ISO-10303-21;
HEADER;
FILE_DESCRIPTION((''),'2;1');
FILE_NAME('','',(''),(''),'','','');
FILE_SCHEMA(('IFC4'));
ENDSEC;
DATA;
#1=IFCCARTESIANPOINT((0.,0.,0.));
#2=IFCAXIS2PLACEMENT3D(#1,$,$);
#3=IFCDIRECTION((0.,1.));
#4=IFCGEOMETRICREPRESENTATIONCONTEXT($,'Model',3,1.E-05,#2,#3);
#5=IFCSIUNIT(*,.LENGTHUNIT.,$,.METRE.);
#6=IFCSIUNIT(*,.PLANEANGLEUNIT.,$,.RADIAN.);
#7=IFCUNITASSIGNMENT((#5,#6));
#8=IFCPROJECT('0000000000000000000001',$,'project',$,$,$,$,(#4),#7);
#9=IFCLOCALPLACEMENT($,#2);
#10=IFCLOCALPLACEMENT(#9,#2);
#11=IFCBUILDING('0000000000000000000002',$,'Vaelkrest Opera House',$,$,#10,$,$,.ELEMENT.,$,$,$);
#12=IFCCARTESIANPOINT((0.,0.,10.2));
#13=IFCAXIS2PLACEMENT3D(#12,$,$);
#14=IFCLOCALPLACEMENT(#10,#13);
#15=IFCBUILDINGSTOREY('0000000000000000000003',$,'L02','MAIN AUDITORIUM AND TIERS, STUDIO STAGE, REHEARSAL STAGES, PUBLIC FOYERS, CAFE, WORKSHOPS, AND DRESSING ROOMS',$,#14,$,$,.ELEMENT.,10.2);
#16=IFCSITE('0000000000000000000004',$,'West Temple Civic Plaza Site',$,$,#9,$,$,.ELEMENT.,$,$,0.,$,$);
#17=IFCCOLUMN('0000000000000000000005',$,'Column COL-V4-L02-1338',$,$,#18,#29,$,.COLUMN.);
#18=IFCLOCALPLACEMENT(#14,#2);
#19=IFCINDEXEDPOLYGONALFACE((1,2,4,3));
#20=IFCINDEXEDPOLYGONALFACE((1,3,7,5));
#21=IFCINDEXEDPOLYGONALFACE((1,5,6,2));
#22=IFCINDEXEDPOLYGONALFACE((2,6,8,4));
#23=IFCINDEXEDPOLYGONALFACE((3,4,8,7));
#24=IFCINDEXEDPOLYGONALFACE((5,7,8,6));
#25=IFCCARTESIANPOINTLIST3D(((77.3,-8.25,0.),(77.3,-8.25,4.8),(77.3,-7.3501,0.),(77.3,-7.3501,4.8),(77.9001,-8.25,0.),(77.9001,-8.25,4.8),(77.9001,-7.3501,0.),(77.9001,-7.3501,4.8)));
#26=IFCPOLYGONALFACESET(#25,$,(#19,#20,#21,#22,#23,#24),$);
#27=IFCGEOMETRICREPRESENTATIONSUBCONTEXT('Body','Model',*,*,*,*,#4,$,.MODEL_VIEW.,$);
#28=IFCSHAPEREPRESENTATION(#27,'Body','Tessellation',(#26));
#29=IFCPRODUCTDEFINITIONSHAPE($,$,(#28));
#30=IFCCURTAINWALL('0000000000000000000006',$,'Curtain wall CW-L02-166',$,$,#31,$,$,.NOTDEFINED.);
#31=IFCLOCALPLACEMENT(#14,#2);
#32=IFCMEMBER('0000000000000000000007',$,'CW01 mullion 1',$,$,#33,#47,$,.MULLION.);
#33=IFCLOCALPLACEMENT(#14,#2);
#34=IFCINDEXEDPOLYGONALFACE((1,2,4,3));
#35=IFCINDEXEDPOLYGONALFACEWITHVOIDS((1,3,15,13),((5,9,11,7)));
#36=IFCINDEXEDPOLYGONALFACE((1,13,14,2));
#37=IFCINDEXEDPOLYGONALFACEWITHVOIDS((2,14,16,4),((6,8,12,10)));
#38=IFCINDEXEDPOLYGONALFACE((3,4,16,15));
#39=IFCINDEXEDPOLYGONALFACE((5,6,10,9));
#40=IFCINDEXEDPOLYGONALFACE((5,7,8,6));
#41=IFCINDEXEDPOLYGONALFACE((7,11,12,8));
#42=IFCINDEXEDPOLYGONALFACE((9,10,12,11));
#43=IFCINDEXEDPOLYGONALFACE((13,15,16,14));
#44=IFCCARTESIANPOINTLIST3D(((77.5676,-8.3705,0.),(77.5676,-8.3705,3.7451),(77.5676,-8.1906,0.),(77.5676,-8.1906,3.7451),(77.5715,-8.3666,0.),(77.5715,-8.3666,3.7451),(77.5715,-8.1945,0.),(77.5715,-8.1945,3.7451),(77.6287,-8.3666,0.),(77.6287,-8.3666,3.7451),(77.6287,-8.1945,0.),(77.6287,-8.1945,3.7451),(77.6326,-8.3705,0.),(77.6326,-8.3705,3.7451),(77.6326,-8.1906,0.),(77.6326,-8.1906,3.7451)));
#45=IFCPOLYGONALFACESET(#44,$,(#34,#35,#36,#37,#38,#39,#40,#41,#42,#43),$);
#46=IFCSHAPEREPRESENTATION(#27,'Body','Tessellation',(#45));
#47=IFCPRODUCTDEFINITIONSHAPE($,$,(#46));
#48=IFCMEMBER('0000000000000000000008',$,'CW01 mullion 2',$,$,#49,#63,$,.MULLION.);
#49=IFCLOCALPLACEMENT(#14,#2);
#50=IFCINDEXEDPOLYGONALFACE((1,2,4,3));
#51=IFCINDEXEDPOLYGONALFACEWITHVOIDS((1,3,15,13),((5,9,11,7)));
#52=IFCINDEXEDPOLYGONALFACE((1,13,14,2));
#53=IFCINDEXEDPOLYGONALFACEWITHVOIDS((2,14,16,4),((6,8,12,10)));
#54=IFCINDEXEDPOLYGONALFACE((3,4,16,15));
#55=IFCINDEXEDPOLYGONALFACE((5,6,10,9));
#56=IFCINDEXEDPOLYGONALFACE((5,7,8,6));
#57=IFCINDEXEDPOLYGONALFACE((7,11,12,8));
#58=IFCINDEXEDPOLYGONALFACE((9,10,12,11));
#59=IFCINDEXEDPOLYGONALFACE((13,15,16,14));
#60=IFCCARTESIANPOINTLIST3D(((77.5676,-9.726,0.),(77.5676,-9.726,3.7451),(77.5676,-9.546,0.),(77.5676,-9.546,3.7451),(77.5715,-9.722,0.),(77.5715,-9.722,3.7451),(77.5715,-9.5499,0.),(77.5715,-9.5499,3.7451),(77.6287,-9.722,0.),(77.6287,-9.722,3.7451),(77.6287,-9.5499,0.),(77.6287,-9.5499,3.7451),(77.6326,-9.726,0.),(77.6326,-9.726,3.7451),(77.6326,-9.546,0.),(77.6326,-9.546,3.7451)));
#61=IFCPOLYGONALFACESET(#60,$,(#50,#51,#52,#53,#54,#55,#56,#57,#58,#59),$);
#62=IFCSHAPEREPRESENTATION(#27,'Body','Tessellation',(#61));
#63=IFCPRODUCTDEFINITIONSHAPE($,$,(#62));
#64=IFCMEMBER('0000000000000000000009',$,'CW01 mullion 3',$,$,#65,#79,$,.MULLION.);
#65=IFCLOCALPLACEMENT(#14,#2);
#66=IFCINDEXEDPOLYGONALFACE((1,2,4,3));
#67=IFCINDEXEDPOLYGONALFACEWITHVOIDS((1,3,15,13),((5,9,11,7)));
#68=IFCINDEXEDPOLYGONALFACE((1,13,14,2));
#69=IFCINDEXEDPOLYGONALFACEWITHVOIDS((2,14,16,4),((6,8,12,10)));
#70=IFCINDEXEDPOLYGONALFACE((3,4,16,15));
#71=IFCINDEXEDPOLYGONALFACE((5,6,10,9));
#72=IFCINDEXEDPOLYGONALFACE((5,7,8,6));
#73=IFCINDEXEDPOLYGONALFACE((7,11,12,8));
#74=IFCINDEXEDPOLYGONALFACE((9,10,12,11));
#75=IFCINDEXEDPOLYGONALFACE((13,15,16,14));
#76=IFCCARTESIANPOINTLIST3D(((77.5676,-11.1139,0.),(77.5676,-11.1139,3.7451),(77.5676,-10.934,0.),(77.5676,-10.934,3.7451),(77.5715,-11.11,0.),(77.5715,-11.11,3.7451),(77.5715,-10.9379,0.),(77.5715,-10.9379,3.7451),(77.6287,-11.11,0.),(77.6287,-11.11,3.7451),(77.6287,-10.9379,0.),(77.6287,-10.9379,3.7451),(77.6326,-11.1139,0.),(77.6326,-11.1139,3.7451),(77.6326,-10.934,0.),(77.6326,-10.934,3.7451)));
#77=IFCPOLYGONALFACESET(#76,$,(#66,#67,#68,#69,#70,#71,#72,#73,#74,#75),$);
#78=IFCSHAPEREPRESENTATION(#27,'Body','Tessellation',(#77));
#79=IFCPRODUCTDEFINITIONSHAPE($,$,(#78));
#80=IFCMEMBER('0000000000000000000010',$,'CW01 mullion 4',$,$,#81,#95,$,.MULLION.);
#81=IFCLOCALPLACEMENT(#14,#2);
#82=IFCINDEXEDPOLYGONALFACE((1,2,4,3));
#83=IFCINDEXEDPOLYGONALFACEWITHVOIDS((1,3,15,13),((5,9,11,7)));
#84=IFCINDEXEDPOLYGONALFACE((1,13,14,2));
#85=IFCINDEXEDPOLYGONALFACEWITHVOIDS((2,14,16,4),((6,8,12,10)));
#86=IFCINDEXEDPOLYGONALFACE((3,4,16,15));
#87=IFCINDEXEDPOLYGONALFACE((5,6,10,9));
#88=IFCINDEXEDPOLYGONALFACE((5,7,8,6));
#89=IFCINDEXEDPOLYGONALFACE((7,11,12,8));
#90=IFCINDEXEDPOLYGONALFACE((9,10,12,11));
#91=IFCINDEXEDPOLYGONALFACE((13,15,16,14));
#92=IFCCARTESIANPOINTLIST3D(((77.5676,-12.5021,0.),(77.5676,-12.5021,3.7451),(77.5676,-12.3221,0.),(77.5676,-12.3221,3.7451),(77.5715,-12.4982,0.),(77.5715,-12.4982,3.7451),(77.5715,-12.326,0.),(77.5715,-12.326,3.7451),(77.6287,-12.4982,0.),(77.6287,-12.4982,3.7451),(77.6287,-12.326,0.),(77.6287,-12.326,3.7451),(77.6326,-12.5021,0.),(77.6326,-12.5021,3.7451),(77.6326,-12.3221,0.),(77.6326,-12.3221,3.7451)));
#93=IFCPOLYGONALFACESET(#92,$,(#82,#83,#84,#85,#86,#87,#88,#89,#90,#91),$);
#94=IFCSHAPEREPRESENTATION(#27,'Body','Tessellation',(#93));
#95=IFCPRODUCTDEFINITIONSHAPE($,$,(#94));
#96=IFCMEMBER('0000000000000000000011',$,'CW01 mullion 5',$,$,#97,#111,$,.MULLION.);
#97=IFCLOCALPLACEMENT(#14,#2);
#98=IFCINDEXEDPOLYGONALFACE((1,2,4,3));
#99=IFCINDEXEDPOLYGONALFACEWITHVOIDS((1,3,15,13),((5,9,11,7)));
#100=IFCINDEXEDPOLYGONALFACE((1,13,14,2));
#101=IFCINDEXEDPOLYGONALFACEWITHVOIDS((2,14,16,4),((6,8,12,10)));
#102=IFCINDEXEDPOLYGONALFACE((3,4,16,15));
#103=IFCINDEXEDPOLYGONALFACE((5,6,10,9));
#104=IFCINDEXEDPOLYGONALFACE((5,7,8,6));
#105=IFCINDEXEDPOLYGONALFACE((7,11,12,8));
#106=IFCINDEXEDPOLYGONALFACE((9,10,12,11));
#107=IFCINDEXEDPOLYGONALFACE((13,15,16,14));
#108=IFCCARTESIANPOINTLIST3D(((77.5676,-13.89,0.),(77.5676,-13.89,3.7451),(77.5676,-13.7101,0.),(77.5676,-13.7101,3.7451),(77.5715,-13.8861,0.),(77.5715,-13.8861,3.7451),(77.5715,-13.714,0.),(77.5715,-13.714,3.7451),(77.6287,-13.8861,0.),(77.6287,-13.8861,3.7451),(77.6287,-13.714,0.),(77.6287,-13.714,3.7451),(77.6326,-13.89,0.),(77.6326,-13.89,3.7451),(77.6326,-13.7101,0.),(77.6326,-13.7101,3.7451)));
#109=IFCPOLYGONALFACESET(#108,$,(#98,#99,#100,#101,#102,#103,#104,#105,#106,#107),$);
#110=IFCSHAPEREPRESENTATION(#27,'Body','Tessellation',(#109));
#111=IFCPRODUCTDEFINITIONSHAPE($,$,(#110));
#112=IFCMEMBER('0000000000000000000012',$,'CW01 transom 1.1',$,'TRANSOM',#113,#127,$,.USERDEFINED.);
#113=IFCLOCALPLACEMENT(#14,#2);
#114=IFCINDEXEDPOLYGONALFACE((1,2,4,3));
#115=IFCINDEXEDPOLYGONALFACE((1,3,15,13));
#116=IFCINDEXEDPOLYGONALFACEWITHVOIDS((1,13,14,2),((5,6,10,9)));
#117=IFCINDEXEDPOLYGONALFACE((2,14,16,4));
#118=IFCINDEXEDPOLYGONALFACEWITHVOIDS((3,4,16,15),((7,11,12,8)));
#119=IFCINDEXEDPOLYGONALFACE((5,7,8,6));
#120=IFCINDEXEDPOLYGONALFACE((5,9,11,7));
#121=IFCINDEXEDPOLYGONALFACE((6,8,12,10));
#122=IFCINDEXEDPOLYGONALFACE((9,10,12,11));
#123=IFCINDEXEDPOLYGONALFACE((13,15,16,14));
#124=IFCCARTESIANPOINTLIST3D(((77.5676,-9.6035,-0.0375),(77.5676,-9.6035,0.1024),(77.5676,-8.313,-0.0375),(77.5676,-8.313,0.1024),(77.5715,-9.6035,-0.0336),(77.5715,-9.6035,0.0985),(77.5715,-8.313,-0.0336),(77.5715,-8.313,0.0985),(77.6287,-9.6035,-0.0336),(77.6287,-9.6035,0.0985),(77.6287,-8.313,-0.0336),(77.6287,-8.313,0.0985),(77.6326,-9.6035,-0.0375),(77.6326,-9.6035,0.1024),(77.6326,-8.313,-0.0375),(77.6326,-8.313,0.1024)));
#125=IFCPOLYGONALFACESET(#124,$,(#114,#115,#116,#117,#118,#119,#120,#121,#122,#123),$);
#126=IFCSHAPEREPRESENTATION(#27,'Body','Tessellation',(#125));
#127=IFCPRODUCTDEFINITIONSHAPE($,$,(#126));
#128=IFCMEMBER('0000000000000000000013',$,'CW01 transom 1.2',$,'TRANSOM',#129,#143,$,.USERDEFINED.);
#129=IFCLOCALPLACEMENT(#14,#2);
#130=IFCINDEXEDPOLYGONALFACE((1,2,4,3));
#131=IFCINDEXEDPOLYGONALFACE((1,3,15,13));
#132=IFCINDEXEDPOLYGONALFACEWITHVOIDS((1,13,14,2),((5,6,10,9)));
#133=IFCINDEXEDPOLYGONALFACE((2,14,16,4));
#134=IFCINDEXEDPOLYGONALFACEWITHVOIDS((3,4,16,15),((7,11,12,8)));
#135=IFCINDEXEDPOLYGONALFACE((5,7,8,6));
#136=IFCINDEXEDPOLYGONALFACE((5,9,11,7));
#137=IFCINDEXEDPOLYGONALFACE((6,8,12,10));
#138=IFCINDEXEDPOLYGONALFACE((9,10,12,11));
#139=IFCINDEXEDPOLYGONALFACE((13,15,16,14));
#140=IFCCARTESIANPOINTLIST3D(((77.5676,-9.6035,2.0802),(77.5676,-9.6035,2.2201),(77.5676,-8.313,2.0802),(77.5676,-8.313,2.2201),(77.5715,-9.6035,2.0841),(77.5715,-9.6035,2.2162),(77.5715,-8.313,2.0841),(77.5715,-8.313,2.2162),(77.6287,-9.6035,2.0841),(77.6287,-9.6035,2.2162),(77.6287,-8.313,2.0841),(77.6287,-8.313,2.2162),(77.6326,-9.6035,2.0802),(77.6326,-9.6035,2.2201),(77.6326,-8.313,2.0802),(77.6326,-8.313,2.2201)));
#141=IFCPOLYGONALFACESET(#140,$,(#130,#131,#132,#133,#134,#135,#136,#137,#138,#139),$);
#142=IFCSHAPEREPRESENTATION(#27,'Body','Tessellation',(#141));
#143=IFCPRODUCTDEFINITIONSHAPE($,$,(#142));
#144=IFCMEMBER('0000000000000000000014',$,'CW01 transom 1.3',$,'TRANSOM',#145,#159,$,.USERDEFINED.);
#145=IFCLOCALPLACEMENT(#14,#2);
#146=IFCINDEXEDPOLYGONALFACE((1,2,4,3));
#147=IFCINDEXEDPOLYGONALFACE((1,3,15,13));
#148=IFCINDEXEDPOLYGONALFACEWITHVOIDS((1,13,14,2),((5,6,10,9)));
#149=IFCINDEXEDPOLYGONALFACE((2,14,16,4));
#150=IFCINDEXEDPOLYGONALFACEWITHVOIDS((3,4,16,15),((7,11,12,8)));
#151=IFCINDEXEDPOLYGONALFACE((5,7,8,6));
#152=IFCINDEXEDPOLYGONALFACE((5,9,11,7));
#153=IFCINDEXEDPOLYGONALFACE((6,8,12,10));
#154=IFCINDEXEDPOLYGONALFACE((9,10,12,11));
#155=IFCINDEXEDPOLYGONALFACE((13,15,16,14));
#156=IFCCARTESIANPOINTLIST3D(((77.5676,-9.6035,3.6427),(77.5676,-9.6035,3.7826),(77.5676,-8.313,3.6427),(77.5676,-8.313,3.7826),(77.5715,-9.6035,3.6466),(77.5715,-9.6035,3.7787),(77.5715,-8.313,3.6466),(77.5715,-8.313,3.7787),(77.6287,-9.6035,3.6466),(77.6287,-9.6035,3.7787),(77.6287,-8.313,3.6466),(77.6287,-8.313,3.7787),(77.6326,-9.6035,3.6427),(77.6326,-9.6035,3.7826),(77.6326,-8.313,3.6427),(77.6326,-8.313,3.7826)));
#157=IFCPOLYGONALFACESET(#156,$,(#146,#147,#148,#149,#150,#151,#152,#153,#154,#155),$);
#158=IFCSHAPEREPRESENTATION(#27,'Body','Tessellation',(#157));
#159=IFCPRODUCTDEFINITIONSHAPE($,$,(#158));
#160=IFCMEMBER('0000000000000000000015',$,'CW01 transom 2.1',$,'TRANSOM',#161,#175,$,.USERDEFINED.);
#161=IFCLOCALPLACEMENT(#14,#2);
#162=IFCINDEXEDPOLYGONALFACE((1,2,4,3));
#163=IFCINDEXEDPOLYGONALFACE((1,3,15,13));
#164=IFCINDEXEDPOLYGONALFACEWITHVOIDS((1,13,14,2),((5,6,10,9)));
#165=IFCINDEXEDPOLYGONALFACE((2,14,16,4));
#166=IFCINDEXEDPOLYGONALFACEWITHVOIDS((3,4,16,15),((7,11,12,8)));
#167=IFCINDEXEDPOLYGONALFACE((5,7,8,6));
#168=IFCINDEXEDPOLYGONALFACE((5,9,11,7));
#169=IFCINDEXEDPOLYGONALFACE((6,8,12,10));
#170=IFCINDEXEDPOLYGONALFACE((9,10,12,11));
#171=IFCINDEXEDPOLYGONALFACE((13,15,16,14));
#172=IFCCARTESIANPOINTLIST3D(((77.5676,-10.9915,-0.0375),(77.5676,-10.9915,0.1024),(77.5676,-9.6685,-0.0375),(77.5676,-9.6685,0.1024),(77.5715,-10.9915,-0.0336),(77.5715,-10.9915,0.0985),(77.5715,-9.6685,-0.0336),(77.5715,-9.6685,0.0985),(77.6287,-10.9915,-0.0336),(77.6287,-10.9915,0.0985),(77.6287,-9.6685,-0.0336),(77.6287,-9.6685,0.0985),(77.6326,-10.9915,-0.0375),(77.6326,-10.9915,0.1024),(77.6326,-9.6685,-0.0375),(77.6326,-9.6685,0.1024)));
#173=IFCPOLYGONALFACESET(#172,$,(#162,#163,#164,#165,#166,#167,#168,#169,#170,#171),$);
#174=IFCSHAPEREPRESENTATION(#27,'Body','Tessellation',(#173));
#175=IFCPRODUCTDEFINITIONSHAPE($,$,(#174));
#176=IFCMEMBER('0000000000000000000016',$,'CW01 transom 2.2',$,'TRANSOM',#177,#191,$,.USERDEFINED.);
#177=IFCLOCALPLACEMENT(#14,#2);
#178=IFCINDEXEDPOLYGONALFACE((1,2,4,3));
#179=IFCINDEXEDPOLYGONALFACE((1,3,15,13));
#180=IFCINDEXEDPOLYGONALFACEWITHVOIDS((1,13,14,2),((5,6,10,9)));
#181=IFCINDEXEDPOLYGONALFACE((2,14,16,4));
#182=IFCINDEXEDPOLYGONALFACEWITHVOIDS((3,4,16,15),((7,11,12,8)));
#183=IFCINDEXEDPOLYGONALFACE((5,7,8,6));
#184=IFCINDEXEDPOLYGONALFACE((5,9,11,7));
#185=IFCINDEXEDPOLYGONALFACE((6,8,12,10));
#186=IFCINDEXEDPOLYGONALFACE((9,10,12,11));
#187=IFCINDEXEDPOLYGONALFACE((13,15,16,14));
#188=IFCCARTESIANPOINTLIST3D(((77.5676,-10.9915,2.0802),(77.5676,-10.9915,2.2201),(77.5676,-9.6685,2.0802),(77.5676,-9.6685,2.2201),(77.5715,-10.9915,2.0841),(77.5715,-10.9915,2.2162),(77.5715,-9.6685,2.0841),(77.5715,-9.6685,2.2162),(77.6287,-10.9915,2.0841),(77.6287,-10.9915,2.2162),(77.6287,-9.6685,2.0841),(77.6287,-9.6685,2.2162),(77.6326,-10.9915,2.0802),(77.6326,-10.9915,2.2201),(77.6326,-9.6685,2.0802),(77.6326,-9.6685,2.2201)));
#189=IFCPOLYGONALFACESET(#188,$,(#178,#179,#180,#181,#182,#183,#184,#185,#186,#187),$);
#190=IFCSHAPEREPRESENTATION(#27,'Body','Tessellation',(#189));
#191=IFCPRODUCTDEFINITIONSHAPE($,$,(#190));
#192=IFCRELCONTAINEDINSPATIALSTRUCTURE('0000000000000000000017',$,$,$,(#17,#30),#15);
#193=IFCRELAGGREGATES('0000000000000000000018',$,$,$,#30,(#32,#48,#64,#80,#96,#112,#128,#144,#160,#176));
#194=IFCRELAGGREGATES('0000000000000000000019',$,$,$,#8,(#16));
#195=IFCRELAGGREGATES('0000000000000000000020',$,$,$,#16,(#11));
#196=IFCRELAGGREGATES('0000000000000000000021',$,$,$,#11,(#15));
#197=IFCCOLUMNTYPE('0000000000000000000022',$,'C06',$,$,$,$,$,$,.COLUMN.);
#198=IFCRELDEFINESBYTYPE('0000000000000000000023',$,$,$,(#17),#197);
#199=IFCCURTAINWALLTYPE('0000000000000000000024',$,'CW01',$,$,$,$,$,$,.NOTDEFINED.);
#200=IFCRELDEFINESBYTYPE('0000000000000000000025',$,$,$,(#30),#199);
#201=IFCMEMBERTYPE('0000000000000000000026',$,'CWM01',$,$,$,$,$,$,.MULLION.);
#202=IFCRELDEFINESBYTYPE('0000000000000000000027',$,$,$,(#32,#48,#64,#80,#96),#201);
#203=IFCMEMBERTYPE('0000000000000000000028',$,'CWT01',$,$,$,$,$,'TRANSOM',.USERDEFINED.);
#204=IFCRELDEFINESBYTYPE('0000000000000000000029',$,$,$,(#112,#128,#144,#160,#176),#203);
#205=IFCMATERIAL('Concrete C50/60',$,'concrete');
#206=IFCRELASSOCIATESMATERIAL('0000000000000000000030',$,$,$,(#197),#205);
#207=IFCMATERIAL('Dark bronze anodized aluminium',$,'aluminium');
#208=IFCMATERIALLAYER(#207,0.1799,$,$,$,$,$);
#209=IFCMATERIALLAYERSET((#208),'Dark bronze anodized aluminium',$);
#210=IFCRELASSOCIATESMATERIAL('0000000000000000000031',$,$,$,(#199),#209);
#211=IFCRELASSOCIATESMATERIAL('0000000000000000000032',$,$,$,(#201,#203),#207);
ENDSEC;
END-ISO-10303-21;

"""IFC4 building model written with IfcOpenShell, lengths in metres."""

from ifc_helpers import new_model, si_unit, direction, frame, origin, origin_2d, place, context, subcontext, project, spatial, rectangle, hollow_rectangle, extrude, material, layer, layer_set, material_profile, profile_set, type_object, element, aggregate, save


model = new_model("IFC4")

# Units and contexts
model_context = context("Model", 3, precision=1e-05, world=origin(), true_north=direction((0.0, 1.0)))
body_context = subcontext(model_context, "Body", "Model", "MODEL_VIEW")
ifc_project = project(units=[si_unit("LENGTHUNIT", "METRE"), si_unit("PLANEANGLEUNIT", "RADIAN")], contexts=[model_context])

# Site, building, storey
site_placement = place(None, origin())
site = spatial("IfcSite", under=ifc_project, at=site_placement, Name="West Temple Civic Plaza Site", CompositionType="ELEMENT", RefElevation=0.0)
building_placement = place(site_placement, origin())
building = spatial("IfcBuilding", under=site, at=building_placement, Name="Vaelkrest Opera House", CompositionType="ELEMENT")
storey_placement = place(building_placement, frame((0.0, 0.0, 10.2)))
storey = spatial("IfcBuildingStorey", under=building, at=storey_placement, Name="L02", Description="MAIN AUDITORIUM AND TIERS, STUDIO STAGE, REHEARSAL STAGES, PUBLIC FOYERS, CAFE, WORKSHOPS, AND DRESSING ROOMS", CompositionType="ELEMENT", Elevation=10.2)

# Column
ifc_material_1 = material(Name="Concrete C50/60", Category="concrete")
ifc_material_profile_1 = material_profile(ifc_material_1, rectangle(XDim=0.6001, YDim=0.8999, at=origin_2d()), Name="RC600X900")
ifc_profile_set_1 = profile_set([ifc_material_profile_1], Name="Concrete C50/60")
column_type = type_object("IfcColumnType", Name="C06", PredefinedType="COLUMN", material=ifc_profile_set_1)
column_placement = place(storey_placement, frame((77.6001, -7.8, 0.0), z_axis=(0.0, 0.0, 1.0), x_axis=(1.0, 0.0, 0.0)))
element("IfcColumn", 1, at=column_placement, inside=storey, type_object=column_type, Name="Column COL-V4-L02-1338", PredefinedType="COLUMN", context=body_context, shape_type="SweptSolid", body=[
    extrude(rectangle(XDim=0.6001, YDim=0.8999, at=origin_2d()), origin(), (0.0, 0.0, 1.0), 4.8),
])

# Curtain wall, members
ifc_material_2 = material(Name="Dark bronze anodized aluminium", Category="aluminium")
ifc_layer_1 = layer(ifc_material_2, 0.1799)
ifc_layer_set_1 = layer_set([ifc_layer_1], Name="Dark bronze anodized aluminium")
curtain_wall_type = type_object("IfcCurtainWallType", Name="CW01", PredefinedType="NOTDEFINED", material=ifc_layer_set_1)
curtain_wall_placement = place(storey_placement, origin())
curtain_wall = element("IfcCurtainWall", 2, at=curtain_wall_placement, inside=storey, type_object=curtain_wall_type, Name="Curtain wall CW-L02-166", PredefinedType="NOTDEFINED")
ifc_material_profile_2 = material_profile(ifc_material_2, hollow_rectangle(XDim=0.0649, YDim=0.1799, WallThickness=0.0039, at=origin_2d()), Name="CWM65X180")
ifc_profile_set_2 = profile_set([ifc_material_profile_2], Name="Dark bronze anodized aluminium")
member_type_1 = type_object("IfcMemberType", Name="CWM01", PredefinedType="MULLION", material=ifc_profile_set_2)
member_1_placement = place(storey_placement, frame((77.6001, -8.2805, 0.0), z_axis=(0.0, 0.0, 1.0), x_axis=(1.0, 0.0, 0.0)))
member_1 = element("IfcMember", 3, at=member_1_placement, type_object=member_type_1, Name="CW01 mullion 1", PredefinedType="MULLION", context=body_context, shape_type="SweptSolid", body=[
    extrude(hollow_rectangle(XDim=0.0649, YDim=0.1799, WallThickness=0.0039, at=origin_2d()), origin(), (0.0, 0.0, 1.0), 3.7451),
])
member_2_placement = place(storey_placement, frame((77.6001, -9.636, 0.0), z_axis=(0.0, 0.0, 1.0), x_axis=(1.0, 0.0, 0.0)))
member_2 = element("IfcMember", 4, at=member_2_placement, type_object=member_type_1, Name="CW01 mullion 2", PredefinedType="MULLION", context=body_context, shape_type="SweptSolid", body=[
    extrude(hollow_rectangle(XDim=0.0649, YDim=0.1799, WallThickness=0.0039, at=origin_2d()), origin(), (0.0, 0.0, 1.0), 3.7451),
])
member_3_placement = place(storey_placement, frame((77.6001, -11.0239, 0.0), z_axis=(0.0, 0.0, 1.0), x_axis=(1.0, 0.0, 0.0)))
member_3 = element("IfcMember", 5, at=member_3_placement, type_object=member_type_1, Name="CW01 mullion 3", PredefinedType="MULLION", context=body_context, shape_type="SweptSolid", body=[
    extrude(hollow_rectangle(XDim=0.0649, YDim=0.1799, WallThickness=0.0039, at=origin_2d()), origin(), (0.0, 0.0, 1.0), 3.7451),
])
member_4_placement = place(storey_placement, frame((77.6001, -12.4121, 0.0), z_axis=(0.0, 0.0, 1.0), x_axis=(1.0, 0.0, 0.0)))
member_4 = element("IfcMember", 6, at=member_4_placement, type_object=member_type_1, Name="CW01 mullion 4", PredefinedType="MULLION", context=body_context, shape_type="SweptSolid", body=[
    extrude(hollow_rectangle(XDim=0.0649, YDim=0.1799, WallThickness=0.0039, at=origin_2d()), origin(), (0.0, 0.0, 1.0), 3.7451),
])
member_5_placement = place(storey_placement, frame((77.6001, -13.8, 0.0), z_axis=(0.0, 0.0, 1.0), x_axis=(1.0, 0.0, 0.0)))
member_5 = element("IfcMember", 7, at=member_5_placement, type_object=member_type_1, Name="CW01 mullion 5", PredefinedType="MULLION", context=body_context, shape_type="SweptSolid", body=[
    extrude(hollow_rectangle(XDim=0.0649, YDim=0.1799, WallThickness=0.0039, at=origin_2d()), origin(), (0.0, 0.0, 1.0), 3.7451),
])
ifc_material_profile_3 = material_profile(ifc_material_2, hollow_rectangle(XDim=0.0649, YDim=0.1399, WallThickness=0.0039, at=origin_2d()), Name="CWT65X140")
ifc_profile_set_3 = profile_set([ifc_material_profile_3], Name="Dark bronze anodized aluminium")
member_type_2 = type_object("IfcMemberType", Name="CWT01", ElementType="TRANSOM", PredefinedType="USERDEFINED", material=ifc_profile_set_3)
member_6_placement = place(storey_placement, frame((77.6001, -8.313, 0.0325), z_axis=(0.0, -1.0, 0.0), x_axis=(1.0, 0.0, 0.0)))
member_6 = element("IfcMember", 8, at=member_6_placement, type_object=member_type_2, Name="CW01 transom 1.1", ObjectType="TRANSOM", PredefinedType="USERDEFINED", context=body_context, shape_type="SweptSolid", body=[
    extrude(hollow_rectangle(XDim=0.0649, YDim=0.1399, WallThickness=0.0039, at=origin_2d()), origin(), (0.0, 0.0, 1.0), 1.2905),
])
member_7_placement = place(storey_placement, frame((77.6001, -8.313, 2.1501), z_axis=(0.0, -1.0, 0.0), x_axis=(1.0, 0.0, 0.0)))
member_7 = element("IfcMember", 9, at=member_7_placement, type_object=member_type_2, Name="CW01 transom 1.2", ObjectType="TRANSOM", PredefinedType="USERDEFINED", context=body_context, shape_type="SweptSolid", body=[
    extrude(hollow_rectangle(XDim=0.0649, YDim=0.1399, WallThickness=0.0039, at=origin_2d()), origin(), (0.0, 0.0, 1.0), 1.2905),
])
member_8_placement = place(storey_placement, frame((77.6001, -8.313, 3.7126), z_axis=(0.0, -1.0, 0.0), x_axis=(1.0, 0.0, 0.0)))
member_8 = element("IfcMember", 10, at=member_8_placement, type_object=member_type_2, Name="CW01 transom 1.3", ObjectType="TRANSOM", PredefinedType="USERDEFINED", context=body_context, shape_type="SweptSolid", body=[
    extrude(hollow_rectangle(XDim=0.0649, YDim=0.1399, WallThickness=0.0039, at=origin_2d()), origin(), (0.0, 0.0, 1.0), 1.2905),
])
member_9_placement = place(storey_placement, frame((77.6001, -9.6685, 0.0325), z_axis=(0.0, -1.0, 0.0), x_axis=(1.0, 0.0, 0.0)))
member_9 = element("IfcMember", 11, at=member_9_placement, type_object=member_type_2, Name="CW01 transom 2.1", ObjectType="TRANSOM", PredefinedType="USERDEFINED", context=body_context, shape_type="SweptSolid", body=[
    extrude(hollow_rectangle(XDim=0.0649, YDim=0.1399, WallThickness=0.0039, at=origin_2d()), origin(), (0.0, 0.0, 1.0), 1.323),
])
member_10_placement = place(storey_placement, frame((77.6001, -9.6685, 2.1501), z_axis=(0.0, -1.0, 0.0), x_axis=(1.0, 0.0, 0.0)))
member_10 = element("IfcMember", 12, at=member_10_placement, type_object=member_type_2, Name="CW01 transom 2.2", ObjectType="TRANSOM", PredefinedType="USERDEFINED", context=body_context, shape_type="SweptSolid", body=[
    extrude(hollow_rectangle(XDim=0.0649, YDim=0.1399, WallThickness=0.0039, at=origin_2d()), origin(), (0.0, 0.0, 1.0), 1.323),
])
aggregate(curtain_wall, [member_1, member_2, member_3, member_4, member_5, member_6, member_7, member_8, member_9, member_10])

save(model, "model.ifc")
